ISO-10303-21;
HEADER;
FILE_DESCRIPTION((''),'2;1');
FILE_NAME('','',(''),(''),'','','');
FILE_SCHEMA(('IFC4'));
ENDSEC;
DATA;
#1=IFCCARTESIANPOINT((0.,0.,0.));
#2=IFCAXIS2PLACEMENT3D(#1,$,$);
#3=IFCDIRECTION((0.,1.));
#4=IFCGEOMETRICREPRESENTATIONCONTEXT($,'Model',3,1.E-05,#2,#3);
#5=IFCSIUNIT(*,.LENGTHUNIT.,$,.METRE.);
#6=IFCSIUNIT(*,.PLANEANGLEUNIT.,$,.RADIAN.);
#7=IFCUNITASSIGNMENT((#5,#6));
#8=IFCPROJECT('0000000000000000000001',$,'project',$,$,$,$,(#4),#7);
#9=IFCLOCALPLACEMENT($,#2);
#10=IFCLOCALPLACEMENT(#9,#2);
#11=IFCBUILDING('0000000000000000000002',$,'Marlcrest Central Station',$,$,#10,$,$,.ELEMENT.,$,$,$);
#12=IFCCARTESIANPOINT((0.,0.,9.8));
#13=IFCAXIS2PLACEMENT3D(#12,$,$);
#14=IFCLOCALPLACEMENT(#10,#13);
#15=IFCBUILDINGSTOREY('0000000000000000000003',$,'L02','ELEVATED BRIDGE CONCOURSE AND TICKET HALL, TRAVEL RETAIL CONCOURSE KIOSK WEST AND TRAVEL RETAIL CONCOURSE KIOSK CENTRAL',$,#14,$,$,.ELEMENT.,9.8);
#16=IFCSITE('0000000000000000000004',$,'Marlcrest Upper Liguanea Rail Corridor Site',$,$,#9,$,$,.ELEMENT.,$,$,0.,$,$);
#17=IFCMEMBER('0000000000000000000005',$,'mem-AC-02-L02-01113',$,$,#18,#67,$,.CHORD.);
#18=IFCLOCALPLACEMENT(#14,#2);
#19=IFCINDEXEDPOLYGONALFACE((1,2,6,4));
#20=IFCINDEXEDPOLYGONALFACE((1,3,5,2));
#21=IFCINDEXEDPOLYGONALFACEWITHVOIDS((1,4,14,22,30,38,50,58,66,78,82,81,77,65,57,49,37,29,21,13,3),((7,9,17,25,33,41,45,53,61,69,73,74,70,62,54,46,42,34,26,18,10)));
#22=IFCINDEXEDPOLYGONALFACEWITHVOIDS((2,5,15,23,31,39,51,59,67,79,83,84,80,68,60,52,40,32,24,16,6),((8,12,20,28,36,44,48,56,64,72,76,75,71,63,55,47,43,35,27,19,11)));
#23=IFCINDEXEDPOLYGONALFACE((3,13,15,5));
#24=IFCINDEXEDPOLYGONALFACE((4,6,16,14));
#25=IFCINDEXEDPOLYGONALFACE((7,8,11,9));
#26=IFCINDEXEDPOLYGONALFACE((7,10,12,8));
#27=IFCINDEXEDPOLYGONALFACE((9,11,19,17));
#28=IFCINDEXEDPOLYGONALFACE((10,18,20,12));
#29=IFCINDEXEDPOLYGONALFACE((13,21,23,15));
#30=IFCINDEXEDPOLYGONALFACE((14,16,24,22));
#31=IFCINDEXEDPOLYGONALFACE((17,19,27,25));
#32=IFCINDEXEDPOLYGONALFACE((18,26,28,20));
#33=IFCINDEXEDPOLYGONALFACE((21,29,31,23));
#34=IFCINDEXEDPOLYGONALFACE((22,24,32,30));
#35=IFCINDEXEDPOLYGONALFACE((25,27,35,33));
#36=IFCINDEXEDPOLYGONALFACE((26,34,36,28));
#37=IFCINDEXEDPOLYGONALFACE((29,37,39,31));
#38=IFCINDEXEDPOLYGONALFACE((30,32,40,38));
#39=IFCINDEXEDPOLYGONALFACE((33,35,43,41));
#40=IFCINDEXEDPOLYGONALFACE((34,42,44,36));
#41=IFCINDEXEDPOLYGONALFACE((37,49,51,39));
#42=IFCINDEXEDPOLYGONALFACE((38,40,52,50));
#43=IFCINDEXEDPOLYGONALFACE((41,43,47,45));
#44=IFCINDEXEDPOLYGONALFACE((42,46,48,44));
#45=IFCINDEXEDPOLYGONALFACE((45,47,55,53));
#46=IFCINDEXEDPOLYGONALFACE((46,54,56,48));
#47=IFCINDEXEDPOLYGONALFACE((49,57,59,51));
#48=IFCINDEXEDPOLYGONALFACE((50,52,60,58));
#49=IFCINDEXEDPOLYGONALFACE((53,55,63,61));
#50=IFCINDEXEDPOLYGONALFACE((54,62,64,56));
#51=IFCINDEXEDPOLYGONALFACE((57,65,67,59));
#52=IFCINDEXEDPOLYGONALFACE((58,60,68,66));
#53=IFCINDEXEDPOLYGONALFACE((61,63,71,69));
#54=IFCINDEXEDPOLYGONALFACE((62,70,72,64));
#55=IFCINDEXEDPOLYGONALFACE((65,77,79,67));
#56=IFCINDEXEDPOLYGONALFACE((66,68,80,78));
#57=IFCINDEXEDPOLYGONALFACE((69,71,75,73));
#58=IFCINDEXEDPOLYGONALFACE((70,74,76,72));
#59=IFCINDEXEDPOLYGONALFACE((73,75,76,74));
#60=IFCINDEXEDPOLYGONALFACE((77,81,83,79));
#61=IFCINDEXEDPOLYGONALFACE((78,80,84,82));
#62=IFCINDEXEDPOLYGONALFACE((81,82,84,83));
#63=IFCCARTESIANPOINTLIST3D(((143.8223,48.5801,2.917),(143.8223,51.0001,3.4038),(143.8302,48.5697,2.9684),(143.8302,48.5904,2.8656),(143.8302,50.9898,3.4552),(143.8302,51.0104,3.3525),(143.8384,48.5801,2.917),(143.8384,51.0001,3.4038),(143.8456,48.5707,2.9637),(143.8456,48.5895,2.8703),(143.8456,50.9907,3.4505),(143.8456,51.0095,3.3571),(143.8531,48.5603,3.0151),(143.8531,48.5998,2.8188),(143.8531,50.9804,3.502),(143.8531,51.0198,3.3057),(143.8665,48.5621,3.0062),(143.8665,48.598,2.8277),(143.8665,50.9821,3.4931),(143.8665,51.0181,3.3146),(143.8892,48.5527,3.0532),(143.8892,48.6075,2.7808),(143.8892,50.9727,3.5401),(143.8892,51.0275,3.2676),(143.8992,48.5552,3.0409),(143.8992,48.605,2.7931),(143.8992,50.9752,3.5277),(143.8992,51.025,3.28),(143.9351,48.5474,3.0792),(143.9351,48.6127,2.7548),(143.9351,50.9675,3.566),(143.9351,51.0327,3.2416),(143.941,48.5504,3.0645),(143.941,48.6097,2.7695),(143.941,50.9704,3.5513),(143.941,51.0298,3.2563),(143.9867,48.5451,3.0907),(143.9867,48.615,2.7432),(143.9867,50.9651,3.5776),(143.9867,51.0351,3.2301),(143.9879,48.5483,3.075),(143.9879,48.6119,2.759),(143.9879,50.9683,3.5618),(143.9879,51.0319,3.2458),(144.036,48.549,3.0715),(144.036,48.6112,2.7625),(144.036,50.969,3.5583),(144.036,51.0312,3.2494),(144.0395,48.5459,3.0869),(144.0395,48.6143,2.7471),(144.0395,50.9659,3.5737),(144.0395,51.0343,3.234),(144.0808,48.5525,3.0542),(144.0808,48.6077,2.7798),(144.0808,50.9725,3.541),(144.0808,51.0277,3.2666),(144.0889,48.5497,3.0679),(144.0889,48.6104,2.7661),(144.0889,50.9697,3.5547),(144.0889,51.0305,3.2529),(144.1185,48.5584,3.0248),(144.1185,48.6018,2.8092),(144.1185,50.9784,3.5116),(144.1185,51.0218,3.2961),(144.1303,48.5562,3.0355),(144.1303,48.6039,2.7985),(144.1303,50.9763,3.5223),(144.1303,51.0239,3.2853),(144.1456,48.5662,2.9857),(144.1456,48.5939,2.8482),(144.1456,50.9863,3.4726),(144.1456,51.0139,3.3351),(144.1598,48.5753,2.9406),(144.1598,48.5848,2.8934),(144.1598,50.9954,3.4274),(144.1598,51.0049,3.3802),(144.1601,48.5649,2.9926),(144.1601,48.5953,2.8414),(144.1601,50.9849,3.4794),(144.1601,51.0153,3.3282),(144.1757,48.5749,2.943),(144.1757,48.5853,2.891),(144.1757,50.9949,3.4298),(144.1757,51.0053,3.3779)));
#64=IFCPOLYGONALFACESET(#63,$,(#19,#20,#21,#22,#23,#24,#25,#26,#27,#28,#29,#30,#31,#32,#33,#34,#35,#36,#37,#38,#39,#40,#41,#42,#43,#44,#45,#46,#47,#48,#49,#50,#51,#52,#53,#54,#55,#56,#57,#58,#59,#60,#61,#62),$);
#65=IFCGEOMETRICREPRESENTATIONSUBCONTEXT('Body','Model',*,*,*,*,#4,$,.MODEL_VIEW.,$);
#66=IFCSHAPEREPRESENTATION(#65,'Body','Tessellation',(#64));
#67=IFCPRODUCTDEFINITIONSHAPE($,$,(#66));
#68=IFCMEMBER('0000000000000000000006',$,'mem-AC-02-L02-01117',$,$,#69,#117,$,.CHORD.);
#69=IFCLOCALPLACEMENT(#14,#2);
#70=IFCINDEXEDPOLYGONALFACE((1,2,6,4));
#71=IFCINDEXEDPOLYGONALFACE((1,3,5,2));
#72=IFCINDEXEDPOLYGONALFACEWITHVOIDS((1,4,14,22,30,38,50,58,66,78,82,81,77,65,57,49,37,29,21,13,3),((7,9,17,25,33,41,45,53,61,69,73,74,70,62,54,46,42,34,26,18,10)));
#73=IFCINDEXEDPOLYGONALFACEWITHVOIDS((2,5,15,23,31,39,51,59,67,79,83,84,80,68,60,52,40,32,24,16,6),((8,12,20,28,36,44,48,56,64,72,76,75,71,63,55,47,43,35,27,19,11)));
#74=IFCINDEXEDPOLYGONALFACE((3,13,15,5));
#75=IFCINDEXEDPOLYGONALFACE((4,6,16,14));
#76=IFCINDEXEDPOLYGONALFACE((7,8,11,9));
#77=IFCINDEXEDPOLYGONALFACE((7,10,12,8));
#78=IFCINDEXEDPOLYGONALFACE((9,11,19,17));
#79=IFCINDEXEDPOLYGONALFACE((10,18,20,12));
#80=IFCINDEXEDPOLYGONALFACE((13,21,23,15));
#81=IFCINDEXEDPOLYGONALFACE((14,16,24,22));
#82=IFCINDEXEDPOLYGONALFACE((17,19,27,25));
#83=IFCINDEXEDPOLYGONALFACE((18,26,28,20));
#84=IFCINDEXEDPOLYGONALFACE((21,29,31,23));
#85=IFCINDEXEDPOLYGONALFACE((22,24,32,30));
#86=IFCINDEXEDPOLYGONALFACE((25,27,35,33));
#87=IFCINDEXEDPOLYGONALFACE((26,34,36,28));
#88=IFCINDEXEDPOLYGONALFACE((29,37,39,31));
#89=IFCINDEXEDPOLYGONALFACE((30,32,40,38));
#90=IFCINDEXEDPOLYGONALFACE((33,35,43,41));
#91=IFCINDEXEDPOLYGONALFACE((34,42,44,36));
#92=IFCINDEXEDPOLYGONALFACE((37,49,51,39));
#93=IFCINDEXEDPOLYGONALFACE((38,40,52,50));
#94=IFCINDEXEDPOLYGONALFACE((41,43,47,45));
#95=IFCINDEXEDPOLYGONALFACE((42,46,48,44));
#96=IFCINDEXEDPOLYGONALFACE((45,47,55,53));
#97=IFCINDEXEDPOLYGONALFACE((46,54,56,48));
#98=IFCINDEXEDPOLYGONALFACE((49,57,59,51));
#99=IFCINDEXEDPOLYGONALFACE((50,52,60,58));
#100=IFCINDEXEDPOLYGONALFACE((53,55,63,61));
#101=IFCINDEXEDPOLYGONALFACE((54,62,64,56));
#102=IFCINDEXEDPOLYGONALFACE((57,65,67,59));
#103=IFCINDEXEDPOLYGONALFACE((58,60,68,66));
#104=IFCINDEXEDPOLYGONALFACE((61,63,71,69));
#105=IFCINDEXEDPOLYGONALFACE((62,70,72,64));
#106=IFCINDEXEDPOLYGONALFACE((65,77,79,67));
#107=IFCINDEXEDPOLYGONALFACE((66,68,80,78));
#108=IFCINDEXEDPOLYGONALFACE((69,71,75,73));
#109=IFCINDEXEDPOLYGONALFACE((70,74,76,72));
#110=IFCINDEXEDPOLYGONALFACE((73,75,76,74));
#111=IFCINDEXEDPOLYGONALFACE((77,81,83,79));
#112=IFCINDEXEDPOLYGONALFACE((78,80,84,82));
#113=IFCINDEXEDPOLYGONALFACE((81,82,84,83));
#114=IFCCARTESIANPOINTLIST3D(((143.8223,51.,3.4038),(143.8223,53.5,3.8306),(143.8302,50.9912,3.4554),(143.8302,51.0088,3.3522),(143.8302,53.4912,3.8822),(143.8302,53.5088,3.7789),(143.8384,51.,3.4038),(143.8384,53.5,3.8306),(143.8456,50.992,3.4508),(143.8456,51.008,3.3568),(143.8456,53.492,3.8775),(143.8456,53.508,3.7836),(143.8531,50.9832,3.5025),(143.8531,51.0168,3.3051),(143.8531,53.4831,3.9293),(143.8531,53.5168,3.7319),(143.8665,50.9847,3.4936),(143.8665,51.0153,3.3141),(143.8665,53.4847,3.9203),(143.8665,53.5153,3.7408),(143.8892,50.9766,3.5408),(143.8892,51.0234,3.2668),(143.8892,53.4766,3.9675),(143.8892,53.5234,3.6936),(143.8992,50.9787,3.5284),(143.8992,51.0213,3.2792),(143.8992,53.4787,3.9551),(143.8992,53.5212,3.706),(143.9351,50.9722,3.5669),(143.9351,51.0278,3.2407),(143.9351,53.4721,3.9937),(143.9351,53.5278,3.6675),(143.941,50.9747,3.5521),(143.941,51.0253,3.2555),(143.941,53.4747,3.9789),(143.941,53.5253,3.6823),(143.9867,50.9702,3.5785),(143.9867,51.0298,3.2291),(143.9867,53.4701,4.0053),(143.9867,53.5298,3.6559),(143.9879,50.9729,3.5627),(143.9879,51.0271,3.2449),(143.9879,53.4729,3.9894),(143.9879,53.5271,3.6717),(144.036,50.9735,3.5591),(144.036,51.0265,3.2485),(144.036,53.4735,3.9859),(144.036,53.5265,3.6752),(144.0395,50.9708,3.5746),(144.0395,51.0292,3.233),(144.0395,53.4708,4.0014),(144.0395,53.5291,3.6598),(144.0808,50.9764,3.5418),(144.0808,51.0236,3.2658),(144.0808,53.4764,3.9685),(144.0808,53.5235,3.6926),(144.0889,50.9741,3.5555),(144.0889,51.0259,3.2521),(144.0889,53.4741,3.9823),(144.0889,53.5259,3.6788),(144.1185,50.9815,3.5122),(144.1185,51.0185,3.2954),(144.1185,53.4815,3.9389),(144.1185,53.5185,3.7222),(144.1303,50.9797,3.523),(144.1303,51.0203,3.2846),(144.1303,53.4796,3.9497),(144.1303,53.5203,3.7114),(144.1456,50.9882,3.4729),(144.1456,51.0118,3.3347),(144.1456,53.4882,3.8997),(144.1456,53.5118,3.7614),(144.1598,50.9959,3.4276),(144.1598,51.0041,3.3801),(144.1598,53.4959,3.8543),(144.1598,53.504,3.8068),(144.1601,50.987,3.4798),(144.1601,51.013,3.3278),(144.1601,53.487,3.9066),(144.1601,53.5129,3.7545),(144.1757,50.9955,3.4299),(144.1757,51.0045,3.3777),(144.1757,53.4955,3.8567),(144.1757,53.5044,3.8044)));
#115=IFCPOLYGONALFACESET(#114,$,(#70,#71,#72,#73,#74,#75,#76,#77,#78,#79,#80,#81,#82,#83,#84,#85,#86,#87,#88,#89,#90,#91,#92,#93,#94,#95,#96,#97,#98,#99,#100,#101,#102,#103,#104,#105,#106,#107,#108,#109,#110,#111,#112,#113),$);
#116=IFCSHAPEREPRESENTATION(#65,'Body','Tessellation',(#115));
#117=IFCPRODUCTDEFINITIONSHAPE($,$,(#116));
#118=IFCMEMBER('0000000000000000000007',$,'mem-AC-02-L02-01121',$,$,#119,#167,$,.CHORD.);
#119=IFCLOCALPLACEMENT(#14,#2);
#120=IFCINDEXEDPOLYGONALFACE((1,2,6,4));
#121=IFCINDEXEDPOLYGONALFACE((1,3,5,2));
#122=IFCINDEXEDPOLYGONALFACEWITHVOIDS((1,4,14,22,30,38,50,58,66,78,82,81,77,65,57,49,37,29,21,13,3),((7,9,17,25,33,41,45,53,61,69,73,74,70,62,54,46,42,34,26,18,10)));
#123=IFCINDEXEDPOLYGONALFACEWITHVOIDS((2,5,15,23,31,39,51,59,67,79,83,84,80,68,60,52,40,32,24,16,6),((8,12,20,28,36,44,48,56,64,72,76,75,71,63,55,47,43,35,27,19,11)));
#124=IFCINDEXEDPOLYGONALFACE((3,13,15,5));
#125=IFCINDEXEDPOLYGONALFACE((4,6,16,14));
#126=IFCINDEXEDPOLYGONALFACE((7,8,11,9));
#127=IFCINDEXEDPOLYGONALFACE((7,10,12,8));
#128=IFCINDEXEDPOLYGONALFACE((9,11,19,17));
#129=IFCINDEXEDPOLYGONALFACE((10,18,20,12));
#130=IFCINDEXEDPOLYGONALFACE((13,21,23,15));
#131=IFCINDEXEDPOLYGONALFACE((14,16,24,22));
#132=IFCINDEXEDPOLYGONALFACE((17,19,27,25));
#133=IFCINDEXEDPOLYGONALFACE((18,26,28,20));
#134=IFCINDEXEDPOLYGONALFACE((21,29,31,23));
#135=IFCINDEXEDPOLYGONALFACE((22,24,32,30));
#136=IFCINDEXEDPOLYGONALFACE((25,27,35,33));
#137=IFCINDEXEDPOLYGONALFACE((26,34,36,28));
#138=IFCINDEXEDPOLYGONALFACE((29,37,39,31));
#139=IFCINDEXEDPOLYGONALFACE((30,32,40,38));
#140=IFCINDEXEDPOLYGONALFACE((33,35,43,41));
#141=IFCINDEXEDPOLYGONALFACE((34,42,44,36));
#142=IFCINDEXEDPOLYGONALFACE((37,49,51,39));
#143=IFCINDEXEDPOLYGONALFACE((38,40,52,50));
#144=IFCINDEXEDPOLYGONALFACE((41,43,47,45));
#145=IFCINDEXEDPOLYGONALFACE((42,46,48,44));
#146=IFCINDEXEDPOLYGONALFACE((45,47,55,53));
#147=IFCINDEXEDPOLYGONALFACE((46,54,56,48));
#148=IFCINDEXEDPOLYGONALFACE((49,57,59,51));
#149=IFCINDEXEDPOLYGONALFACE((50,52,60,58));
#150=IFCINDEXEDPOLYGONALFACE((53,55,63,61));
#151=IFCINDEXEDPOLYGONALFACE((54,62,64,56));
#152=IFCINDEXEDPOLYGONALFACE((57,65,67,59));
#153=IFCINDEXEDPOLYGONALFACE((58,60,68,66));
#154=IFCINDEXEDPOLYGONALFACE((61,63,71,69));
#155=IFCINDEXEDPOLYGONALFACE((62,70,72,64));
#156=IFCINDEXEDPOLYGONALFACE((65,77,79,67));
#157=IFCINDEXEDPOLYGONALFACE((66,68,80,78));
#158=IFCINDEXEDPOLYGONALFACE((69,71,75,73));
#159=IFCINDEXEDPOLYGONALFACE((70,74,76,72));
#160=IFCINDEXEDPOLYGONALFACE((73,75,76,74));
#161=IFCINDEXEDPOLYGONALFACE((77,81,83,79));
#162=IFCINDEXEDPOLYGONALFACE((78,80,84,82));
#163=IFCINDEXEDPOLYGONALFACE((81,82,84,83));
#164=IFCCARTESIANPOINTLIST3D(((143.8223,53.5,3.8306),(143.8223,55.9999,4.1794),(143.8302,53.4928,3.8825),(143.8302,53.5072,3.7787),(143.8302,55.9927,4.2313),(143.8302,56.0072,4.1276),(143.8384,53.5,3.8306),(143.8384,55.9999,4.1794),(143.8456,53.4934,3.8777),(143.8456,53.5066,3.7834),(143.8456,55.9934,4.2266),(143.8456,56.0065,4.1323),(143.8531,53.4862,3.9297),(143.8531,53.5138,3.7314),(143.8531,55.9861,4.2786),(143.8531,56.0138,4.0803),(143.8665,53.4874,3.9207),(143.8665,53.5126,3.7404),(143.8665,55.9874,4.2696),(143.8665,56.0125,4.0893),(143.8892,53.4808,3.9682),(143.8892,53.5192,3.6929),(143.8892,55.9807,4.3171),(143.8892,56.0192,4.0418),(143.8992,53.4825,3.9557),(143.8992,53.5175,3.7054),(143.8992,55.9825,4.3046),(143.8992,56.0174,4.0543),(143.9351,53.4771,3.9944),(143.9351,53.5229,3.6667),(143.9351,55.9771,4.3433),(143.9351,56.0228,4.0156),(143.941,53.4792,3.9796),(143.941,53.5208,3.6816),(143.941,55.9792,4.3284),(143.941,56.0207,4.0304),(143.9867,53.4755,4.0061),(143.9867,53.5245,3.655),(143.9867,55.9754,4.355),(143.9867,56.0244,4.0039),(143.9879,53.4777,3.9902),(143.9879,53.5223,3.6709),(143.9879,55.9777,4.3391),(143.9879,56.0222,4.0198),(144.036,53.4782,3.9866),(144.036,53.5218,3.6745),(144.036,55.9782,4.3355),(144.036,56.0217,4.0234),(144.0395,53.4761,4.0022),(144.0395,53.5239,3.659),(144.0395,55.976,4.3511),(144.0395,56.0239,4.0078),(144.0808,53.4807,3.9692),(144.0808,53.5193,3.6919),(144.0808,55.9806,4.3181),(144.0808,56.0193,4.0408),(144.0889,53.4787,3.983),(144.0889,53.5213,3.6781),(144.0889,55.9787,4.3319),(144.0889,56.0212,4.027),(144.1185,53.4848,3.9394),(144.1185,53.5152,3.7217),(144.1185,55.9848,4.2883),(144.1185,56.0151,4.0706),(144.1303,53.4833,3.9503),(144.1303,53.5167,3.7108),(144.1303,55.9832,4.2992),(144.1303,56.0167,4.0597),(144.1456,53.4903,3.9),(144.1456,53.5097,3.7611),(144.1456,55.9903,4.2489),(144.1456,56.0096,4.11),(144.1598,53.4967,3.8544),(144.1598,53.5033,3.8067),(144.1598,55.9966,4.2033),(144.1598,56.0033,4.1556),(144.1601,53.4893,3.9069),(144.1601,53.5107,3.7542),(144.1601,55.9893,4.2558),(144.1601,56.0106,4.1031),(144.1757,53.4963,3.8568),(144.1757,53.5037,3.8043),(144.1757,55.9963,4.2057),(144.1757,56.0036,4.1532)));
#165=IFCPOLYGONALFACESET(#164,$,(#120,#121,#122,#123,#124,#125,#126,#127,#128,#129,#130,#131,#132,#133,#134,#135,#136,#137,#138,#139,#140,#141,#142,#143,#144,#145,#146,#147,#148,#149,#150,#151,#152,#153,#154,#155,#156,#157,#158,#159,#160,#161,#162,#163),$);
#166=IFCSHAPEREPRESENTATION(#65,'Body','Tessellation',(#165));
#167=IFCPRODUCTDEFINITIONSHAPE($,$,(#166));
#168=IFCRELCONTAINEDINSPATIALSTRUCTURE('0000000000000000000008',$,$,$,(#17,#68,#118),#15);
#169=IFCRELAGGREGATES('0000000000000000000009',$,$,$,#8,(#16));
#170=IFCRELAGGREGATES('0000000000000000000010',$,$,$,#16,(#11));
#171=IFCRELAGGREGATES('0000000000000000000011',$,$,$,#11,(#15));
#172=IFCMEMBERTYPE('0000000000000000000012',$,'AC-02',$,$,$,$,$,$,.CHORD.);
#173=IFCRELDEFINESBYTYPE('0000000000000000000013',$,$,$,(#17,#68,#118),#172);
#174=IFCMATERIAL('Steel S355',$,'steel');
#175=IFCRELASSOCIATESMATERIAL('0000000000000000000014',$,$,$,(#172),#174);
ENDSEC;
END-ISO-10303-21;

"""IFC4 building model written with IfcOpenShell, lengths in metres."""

from ifc_helpers import new_model, si_unit, direction, frame, origin, origin_2d, place, context, subcontext, project, spatial, hollow_circle, extrude, material, material_profile, profile_set, type_object, element, save


model = new_model("IFC4")

# Units and contexts
model_context = context("Model", 3, precision=1e-05, world=origin(), true_north=direction((0.0, 1.0)))
body_context = subcontext(model_context, "Body", "Model", "MODEL_VIEW")
ifc_project = project(units=[si_unit("LENGTHUNIT", "METRE"), si_unit("PLANEANGLEUNIT", "RADIAN")], contexts=[model_context])

# Site, building, storey
site_placement = place(None, origin())
site = spatial("IfcSite", under=ifc_project, at=site_placement, Name="Marlcrest Upper Liguanea Rail Corridor Site", CompositionType="ELEMENT", RefElevation=0.0)
building_placement = place(site_placement, origin())
building = spatial("IfcBuilding", under=site, at=building_placement, Name="Marlcrest Central Station", CompositionType="ELEMENT")
storey_placement = place(building_placement, frame((0.0, 0.0, 9.8)))
storey = spatial("IfcBuildingStorey", under=building, at=storey_placement, Name="L02", Description="ELEVATED BRIDGE CONCOURSE AND TICKET HALL, TRAVEL RETAIL CONCOURSE KIOSK WEST AND TRAVEL RETAIL CONCOURSE KIOSK CENTRAL", CompositionType="ELEMENT", Elevation=9.8)

# Members
ifc_material = material(Name="Steel S355", Category="steel")
ifc_material_profile_1 = material_profile(ifc_material, hollow_circle(Radius=0.1777, WallThickness=0.0161, at=origin_2d()), Name="CHS 355.6x16")
ifc_profile_set_1 = profile_set([ifc_material_profile_1], Name="Steel S355")
member_type_1 = type_object("IfcMemberType", Name="AC-02", PredefinedType="CHORD", material=ifc_profile_set_1)
member_1_placement = place(storey_placement, frame((144.0, 48.5801, 2.917), z_axis=(0.0, 0.980359, 0.197219), x_axis=(-1.0, 0.0, 0.0)))
element("IfcMember", 1, at=member_1_placement, inside=storey, type_object=member_type_1, Name="mem-AC-02-L02-01113", PredefinedType="CHORD", context=body_context, shape_type="SweptSolid", body=[
    extrude(hollow_circle(Radius=0.1777, WallThickness=0.0161, at=origin_2d()), origin(), (0.0, 0.0, 1.0), 2.4685),
])
member_2_placement = place(storey_placement, frame((144.0, 51.0, 3.4038), z_axis=(0.0, 0.985741, 0.168269), x_axis=(-1.0, 0.0, 0.0)))
element("IfcMember", 2, at=member_2_placement, inside=storey, type_object=member_type_1, Name="mem-AC-02-L02-01117", PredefinedType="CHORD", context=body_context, shape_type="SweptSolid", body=[
    extrude(hollow_circle(Radius=0.1777, WallThickness=0.0161, at=origin_2d()), origin(), (0.0, 0.0, 1.0), 2.5361),
])
member_3_placement = place(storey_placement, frame((144.0, 53.5, 3.8306), z_axis=(0.0, 0.990403, 0.138211), x_axis=(-1.0, 0.0, 0.0)))
element("IfcMember", 3, at=member_3_placement, inside=storey, type_object=member_type_1, Name="mem-AC-02-L02-01121", PredefinedType="CHORD", context=body_context, shape_type="SweptSolid", body=[
    extrude(hollow_circle(Radius=0.1777, WallThickness=0.0161, at=origin_2d()), origin(), (0.0, 0.0, 1.0), 2.5242),
])

save(model, "model.ifc")
